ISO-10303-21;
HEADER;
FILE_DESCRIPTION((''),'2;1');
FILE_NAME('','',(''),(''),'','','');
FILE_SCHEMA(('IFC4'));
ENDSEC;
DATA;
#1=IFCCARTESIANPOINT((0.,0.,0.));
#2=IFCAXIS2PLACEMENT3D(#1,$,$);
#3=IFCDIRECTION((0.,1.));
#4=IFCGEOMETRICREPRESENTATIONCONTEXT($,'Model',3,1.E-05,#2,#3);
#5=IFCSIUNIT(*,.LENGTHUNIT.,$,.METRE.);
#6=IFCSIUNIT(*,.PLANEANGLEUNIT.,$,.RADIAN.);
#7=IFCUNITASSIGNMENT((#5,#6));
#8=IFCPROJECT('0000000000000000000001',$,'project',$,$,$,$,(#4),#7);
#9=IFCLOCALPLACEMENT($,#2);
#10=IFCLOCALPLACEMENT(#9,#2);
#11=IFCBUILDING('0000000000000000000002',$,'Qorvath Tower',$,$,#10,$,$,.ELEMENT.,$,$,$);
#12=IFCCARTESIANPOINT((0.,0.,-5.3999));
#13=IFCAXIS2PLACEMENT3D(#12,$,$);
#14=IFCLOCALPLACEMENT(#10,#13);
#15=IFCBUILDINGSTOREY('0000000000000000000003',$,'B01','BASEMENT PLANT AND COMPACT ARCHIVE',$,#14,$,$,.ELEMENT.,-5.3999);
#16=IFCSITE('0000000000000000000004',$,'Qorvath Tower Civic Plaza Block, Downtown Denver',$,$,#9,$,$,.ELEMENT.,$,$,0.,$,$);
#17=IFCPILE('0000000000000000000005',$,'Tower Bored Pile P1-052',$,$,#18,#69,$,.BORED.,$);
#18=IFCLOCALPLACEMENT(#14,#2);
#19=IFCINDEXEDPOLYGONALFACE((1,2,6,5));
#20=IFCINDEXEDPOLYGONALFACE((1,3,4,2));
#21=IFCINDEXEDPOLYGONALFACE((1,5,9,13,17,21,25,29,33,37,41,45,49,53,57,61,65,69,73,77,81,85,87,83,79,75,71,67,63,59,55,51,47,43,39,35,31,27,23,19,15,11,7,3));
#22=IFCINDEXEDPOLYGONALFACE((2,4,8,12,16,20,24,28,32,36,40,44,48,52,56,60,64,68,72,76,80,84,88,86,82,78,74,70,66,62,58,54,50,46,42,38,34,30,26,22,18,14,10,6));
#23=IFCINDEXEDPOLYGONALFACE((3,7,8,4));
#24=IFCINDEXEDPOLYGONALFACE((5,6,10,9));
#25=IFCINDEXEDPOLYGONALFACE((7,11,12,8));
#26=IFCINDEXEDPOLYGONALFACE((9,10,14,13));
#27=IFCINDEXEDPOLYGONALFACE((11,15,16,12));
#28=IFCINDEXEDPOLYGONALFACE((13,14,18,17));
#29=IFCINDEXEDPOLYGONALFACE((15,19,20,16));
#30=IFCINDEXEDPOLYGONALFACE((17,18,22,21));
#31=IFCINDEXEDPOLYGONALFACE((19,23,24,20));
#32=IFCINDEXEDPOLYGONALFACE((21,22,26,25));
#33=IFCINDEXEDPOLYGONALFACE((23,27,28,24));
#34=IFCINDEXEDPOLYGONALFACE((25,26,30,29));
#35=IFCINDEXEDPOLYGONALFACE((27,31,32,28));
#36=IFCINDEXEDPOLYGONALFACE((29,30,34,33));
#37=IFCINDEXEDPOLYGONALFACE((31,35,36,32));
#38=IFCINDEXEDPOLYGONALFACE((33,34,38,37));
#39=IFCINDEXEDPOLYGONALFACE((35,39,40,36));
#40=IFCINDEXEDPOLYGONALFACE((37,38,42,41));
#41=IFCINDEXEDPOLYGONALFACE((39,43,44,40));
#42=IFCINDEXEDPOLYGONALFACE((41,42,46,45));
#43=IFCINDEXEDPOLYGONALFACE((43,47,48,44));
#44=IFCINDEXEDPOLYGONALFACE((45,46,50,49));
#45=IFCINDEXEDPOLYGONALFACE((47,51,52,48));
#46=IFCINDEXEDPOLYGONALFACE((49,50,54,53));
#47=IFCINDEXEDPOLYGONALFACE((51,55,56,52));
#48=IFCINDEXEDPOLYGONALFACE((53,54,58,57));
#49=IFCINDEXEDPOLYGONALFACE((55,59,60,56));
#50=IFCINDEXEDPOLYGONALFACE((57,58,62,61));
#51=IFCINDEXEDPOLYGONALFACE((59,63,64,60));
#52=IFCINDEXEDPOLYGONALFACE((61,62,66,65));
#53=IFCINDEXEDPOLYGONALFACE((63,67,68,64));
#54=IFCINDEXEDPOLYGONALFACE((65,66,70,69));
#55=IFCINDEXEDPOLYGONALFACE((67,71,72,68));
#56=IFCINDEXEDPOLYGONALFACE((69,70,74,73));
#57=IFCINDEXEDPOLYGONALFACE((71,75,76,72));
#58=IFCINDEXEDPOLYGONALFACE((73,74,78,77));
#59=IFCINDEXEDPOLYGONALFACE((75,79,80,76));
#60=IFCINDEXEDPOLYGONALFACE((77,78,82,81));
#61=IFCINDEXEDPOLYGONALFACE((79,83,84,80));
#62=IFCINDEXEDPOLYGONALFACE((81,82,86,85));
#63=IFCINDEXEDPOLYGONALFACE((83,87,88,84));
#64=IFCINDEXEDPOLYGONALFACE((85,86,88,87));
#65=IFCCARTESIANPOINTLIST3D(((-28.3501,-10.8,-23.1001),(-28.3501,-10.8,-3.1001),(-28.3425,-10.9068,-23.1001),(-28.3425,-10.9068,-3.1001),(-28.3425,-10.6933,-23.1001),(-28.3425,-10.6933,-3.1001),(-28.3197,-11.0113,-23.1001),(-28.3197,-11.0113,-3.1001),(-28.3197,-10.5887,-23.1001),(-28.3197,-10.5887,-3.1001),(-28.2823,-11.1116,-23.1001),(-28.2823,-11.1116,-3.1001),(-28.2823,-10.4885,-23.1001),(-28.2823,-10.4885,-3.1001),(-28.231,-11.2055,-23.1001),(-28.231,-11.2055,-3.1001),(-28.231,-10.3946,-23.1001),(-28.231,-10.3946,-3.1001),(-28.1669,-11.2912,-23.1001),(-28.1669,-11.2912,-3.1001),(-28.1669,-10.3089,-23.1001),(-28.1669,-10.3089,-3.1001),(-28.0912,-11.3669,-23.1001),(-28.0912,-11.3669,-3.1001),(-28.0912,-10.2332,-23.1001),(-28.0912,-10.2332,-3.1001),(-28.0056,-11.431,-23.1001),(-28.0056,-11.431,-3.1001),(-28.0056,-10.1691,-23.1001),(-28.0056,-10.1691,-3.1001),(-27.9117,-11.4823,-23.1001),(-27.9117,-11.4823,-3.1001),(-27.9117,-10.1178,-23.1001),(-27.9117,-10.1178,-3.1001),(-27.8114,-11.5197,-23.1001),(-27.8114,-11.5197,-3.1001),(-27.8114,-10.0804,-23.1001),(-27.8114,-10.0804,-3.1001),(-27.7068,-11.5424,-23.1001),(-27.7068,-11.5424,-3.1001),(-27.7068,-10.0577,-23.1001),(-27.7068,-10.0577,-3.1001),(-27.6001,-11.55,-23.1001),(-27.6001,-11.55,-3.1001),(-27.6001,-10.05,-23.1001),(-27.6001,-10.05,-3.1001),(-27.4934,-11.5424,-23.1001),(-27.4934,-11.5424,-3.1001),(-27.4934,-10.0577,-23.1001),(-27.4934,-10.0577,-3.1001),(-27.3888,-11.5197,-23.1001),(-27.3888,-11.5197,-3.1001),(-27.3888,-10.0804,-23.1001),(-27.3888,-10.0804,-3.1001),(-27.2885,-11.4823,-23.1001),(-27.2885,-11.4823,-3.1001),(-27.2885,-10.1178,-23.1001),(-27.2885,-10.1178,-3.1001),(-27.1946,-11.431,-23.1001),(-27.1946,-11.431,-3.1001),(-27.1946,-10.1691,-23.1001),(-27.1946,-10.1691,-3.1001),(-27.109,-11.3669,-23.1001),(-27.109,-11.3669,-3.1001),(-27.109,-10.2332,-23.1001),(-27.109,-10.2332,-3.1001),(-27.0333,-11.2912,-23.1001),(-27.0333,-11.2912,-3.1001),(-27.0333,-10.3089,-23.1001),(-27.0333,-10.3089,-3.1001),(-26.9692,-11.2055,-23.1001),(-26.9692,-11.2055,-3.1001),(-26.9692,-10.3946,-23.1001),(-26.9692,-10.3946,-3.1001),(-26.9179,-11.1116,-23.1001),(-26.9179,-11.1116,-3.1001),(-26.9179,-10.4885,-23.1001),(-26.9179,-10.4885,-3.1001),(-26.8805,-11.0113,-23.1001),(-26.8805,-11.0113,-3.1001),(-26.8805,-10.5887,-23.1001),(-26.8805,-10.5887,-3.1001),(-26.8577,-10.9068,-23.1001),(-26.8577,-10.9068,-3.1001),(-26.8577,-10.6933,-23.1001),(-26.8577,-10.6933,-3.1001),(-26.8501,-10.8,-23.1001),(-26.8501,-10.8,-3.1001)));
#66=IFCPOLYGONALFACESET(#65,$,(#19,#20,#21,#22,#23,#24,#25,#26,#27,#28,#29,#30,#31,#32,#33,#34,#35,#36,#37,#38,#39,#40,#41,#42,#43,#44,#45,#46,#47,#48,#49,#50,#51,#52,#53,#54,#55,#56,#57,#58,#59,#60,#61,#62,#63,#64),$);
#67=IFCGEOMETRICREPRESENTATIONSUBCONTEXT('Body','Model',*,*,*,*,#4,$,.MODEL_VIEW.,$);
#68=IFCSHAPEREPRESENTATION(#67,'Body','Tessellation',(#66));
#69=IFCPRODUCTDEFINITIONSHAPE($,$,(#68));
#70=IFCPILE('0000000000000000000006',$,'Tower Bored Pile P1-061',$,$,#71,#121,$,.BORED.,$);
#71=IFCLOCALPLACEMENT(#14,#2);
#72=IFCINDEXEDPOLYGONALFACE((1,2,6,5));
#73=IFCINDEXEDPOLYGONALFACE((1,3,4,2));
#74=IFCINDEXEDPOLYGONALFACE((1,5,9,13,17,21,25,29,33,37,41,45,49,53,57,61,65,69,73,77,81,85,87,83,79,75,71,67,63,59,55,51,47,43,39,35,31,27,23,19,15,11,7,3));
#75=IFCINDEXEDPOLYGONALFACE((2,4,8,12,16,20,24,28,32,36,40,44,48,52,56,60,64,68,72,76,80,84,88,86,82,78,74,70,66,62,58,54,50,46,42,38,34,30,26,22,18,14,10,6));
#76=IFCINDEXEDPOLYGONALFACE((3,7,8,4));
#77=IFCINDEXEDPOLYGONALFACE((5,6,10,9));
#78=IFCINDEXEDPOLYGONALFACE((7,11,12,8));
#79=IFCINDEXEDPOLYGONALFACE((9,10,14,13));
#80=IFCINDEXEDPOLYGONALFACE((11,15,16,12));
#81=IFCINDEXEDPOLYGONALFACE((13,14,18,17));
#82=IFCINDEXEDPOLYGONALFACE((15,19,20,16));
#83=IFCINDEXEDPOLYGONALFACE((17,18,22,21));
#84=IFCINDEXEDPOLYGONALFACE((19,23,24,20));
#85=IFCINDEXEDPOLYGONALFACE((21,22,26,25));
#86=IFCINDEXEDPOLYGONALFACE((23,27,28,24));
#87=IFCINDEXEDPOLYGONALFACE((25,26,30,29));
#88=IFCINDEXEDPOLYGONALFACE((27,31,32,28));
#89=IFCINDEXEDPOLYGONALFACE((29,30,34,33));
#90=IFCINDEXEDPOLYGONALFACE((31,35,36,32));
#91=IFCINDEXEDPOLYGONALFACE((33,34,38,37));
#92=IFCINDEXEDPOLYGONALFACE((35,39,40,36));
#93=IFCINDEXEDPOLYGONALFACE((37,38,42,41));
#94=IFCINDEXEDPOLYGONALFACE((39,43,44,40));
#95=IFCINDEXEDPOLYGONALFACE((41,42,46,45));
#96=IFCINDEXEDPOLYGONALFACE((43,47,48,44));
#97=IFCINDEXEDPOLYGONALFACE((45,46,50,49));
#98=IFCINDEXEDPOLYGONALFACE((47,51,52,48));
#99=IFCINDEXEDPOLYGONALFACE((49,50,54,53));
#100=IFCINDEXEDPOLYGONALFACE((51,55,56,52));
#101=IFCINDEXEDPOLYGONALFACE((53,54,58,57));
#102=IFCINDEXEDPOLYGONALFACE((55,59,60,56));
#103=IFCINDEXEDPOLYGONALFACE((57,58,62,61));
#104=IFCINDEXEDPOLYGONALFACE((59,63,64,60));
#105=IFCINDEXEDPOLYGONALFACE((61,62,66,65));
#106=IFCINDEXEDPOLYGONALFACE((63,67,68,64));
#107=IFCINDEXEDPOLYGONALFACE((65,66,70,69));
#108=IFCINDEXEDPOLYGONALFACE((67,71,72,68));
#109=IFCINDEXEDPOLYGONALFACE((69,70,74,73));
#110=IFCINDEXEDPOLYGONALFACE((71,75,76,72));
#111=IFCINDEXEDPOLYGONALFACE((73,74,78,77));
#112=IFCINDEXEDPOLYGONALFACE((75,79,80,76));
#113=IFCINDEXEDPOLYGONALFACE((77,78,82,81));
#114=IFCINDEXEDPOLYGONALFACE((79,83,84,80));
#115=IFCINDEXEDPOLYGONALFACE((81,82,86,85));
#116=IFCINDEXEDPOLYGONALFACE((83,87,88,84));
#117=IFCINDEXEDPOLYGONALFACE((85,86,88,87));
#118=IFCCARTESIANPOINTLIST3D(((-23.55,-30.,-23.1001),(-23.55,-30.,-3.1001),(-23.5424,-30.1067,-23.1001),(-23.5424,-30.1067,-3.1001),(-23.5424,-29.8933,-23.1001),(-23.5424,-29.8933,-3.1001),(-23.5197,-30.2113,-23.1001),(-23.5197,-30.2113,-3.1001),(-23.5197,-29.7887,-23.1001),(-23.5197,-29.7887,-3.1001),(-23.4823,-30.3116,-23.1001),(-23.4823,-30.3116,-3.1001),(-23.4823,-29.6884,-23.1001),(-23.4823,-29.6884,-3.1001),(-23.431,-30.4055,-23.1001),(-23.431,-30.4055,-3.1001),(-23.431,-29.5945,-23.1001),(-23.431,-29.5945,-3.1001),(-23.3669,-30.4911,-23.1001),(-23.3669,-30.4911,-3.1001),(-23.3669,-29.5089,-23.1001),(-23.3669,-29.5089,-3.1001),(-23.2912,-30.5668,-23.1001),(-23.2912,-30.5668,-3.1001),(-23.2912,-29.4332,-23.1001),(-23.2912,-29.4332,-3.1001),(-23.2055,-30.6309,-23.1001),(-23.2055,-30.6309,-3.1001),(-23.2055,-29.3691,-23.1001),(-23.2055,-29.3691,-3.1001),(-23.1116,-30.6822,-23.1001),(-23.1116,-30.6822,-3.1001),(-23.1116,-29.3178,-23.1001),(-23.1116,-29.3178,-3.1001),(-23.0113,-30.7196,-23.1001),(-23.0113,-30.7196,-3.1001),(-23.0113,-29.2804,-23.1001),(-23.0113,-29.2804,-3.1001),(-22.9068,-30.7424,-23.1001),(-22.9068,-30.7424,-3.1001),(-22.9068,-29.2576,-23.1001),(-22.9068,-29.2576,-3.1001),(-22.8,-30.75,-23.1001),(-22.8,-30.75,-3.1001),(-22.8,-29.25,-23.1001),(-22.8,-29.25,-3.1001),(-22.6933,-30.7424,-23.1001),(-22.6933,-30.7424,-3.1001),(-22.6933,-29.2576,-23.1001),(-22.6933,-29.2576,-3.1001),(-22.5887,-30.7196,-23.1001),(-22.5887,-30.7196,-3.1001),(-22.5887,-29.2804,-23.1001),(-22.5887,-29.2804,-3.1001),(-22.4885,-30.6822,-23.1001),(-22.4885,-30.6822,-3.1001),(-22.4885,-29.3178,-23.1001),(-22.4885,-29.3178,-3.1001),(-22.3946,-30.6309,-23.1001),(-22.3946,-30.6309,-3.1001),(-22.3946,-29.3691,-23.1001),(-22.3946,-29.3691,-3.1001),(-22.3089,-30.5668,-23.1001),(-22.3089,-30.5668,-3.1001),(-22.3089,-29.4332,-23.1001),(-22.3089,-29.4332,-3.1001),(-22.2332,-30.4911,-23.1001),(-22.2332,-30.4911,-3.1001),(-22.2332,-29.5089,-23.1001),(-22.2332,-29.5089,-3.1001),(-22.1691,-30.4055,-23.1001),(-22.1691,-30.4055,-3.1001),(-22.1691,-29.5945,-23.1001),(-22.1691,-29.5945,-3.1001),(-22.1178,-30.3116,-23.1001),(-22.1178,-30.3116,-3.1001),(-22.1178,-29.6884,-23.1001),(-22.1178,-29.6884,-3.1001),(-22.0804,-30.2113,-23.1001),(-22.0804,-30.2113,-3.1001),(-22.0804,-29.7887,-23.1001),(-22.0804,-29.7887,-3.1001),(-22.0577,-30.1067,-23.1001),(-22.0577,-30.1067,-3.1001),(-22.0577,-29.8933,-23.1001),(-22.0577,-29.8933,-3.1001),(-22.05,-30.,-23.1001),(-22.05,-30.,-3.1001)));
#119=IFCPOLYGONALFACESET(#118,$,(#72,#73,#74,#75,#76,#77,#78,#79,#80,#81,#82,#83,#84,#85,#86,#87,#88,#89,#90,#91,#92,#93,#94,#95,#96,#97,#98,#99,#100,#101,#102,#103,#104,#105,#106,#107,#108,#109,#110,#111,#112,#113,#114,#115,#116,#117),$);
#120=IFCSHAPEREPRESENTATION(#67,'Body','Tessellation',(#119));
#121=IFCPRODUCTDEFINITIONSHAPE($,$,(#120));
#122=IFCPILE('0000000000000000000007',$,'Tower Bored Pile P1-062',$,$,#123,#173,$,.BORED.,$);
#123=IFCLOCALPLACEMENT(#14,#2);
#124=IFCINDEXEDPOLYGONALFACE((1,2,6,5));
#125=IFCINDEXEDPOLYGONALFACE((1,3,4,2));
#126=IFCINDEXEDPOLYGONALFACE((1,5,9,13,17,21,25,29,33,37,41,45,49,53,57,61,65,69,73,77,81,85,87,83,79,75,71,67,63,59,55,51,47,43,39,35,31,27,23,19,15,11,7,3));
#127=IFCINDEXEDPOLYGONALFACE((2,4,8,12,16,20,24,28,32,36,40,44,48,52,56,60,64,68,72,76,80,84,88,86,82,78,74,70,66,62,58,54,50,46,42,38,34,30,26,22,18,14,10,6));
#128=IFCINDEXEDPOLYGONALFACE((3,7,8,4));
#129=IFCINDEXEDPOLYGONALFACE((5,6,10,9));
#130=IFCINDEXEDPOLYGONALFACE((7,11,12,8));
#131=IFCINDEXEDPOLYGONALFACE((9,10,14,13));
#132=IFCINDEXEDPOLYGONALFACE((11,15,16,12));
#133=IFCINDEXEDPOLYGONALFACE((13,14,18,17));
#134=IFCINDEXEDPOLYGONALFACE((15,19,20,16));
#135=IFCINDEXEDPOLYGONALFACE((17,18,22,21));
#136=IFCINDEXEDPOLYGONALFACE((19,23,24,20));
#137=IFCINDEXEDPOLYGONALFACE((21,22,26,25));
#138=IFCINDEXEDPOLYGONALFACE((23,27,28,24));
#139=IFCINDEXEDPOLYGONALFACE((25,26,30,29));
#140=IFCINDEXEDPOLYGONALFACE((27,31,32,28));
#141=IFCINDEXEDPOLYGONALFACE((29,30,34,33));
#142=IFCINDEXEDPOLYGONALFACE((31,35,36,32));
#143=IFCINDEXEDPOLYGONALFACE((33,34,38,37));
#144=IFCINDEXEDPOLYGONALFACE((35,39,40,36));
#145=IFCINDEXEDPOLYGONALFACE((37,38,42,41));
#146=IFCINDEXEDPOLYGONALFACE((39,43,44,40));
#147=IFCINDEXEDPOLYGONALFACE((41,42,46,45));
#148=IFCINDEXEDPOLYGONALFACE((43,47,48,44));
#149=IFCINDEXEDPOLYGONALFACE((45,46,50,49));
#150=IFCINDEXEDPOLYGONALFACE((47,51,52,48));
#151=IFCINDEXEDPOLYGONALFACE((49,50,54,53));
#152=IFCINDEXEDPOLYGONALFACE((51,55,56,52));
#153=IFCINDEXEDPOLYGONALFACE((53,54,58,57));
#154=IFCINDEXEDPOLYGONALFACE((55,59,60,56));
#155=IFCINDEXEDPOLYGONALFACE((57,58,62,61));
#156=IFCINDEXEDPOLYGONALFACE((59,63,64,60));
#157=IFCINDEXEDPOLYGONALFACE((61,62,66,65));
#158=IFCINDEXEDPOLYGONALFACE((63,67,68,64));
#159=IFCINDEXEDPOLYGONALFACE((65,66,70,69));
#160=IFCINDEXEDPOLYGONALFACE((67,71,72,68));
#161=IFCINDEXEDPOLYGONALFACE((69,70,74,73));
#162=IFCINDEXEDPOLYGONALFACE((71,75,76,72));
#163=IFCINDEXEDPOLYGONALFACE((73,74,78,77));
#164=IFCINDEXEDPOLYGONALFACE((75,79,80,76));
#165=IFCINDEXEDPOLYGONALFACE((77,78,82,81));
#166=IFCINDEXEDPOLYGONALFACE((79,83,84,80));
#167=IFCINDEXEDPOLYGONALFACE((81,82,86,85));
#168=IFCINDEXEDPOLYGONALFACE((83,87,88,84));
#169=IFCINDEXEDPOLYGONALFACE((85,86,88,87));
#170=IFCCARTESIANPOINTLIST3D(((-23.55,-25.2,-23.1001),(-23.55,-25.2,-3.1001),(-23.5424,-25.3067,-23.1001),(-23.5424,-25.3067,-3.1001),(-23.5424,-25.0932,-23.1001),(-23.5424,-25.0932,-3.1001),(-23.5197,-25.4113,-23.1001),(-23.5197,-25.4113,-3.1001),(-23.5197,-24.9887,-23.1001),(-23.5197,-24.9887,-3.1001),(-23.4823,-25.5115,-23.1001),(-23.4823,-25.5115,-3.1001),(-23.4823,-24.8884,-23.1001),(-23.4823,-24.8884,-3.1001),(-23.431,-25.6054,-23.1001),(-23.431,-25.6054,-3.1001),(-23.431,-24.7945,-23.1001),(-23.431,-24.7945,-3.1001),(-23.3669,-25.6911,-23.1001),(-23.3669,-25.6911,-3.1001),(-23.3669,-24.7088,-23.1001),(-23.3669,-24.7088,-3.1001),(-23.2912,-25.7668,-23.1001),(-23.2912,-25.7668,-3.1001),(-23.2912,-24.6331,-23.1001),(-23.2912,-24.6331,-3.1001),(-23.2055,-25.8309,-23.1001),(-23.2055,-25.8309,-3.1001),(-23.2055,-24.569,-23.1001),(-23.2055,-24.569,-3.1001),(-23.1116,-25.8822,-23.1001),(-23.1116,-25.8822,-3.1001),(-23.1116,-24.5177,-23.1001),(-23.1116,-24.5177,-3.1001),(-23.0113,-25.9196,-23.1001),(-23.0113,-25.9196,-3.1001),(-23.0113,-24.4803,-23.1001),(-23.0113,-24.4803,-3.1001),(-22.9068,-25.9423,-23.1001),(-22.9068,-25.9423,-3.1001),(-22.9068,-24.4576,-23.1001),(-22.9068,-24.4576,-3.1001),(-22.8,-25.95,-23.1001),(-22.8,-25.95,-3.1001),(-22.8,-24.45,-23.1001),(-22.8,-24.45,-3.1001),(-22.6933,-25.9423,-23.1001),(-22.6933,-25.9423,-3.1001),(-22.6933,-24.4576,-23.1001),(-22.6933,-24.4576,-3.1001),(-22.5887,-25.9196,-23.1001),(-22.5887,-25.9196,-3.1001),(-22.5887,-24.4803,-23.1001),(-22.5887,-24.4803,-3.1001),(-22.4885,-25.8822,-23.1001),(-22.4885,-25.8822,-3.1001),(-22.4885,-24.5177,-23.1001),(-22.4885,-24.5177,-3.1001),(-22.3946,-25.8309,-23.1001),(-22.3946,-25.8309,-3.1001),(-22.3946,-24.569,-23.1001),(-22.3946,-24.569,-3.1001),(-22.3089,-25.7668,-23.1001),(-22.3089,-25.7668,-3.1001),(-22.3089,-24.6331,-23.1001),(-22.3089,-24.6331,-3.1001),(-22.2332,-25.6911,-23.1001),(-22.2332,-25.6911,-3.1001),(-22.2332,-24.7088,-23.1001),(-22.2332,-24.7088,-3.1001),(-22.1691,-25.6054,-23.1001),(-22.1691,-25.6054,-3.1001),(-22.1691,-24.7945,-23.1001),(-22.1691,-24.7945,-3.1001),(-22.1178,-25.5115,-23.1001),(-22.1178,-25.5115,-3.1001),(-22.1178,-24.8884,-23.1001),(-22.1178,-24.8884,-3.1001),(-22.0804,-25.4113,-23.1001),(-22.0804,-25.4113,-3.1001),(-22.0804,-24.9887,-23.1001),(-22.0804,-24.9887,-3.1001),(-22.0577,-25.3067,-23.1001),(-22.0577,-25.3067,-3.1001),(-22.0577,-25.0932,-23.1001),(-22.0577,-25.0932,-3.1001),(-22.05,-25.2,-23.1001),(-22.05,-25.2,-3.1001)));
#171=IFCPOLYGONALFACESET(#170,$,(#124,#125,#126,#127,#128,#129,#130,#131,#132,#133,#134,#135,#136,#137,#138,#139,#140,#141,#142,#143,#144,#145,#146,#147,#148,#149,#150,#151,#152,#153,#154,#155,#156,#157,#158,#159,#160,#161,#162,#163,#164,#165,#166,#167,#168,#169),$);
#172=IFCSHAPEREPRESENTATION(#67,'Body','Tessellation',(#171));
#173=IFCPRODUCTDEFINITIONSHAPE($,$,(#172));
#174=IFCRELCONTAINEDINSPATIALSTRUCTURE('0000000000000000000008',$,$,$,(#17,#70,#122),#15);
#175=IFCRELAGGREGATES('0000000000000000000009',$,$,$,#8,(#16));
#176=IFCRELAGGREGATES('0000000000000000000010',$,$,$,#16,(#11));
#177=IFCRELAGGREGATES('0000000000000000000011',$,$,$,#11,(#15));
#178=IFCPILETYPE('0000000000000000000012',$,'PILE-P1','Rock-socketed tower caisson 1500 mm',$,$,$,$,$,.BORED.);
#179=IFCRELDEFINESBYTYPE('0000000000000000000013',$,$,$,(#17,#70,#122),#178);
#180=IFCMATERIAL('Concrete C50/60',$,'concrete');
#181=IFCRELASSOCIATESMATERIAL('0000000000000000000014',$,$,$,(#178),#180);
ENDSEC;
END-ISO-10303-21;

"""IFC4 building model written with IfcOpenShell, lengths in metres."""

from ifc_helpers import new_model, si_unit, direction, frame, origin, origin_2d, place, context, subcontext, project, spatial, circle, extrude, material, material_profile, profile_set, type_object, element, save


model = new_model("IFC4")

# Units and contexts
model_context = context("Model", 3, precision=1e-05, world=origin(), true_north=direction((0.0, 1.0)))
body_context = subcontext(model_context, "Body", "Model", "MODEL_VIEW")
ifc_project = project(units=[si_unit("LENGTHUNIT", "METRE"), si_unit("PLANEANGLEUNIT", "RADIAN")], contexts=[model_context])

# Site, building, storey
site_placement = place(None, origin())
site = spatial("IfcSite", under=ifc_project, at=site_placement, Name="Qorvath Tower Civic Plaza Block, Downtown Denver", CompositionType="ELEMENT", RefElevation=0.0)
building_placement = place(site_placement, origin())
building = spatial("IfcBuilding", under=site, at=building_placement, Name="Qorvath Tower", CompositionType="ELEMENT")
storey_placement = place(building_placement, frame((0.0, 0.0, -5.3999)))
storey = spatial("IfcBuildingStorey", under=building, at=storey_placement, Name="B01", Description="BASEMENT PLANT AND COMPACT ARCHIVE", CompositionType="ELEMENT", Elevation=-5.3999)

# Piles
ifc_material_1 = material(Name="Concrete C50/60", Category="concrete")
ifc_material_profile_1 = material_profile(ifc_material_1, circle(Radius=0.75, at=origin_2d()), Name="BORED PILE 1500")
ifc_profile_set_1 = profile_set([ifc_material_profile_1], Name="Concrete C50/60")
pile_type = type_object("IfcPileType", Name="PILE-P1", Description="Rock-socketed tower caisson 1500 mm", PredefinedType="BORED", material=ifc_profile_set_1)
for number, where, z_axis, x_axis, name in (
    (1, (-27.6001, -10.8, -3.1001), (0.0, 0.0, -1.0), (1.0, 0.0, 0.0), "Tower Bored Pile P1-052"),
    (2, (-22.8, -30.0, -3.1001), (0.0, 0.0, -1.0), (1.0, 0.0, 0.0), "Tower Bored Pile P1-061"),
    (3, (-22.8, -25.2, -3.1001), (0.0, 0.0, -1.0), (1.0, 0.0, 0.0), "Tower Bored Pile P1-062"),
):
    element("IfcPile", number, at=place(storey_placement, frame(where, z_axis=z_axis, x_axis=x_axis)), inside=storey, type_object=pile_type, Name=name, PredefinedType="BORED", context=body_context, shape_type="SweptSolid", body=[
        extrude(circle(Radius=0.75, at=origin_2d()), origin(), (0.0, 0.0, 1.0), 20.0),
    ])

save(model, "model.ifc")
